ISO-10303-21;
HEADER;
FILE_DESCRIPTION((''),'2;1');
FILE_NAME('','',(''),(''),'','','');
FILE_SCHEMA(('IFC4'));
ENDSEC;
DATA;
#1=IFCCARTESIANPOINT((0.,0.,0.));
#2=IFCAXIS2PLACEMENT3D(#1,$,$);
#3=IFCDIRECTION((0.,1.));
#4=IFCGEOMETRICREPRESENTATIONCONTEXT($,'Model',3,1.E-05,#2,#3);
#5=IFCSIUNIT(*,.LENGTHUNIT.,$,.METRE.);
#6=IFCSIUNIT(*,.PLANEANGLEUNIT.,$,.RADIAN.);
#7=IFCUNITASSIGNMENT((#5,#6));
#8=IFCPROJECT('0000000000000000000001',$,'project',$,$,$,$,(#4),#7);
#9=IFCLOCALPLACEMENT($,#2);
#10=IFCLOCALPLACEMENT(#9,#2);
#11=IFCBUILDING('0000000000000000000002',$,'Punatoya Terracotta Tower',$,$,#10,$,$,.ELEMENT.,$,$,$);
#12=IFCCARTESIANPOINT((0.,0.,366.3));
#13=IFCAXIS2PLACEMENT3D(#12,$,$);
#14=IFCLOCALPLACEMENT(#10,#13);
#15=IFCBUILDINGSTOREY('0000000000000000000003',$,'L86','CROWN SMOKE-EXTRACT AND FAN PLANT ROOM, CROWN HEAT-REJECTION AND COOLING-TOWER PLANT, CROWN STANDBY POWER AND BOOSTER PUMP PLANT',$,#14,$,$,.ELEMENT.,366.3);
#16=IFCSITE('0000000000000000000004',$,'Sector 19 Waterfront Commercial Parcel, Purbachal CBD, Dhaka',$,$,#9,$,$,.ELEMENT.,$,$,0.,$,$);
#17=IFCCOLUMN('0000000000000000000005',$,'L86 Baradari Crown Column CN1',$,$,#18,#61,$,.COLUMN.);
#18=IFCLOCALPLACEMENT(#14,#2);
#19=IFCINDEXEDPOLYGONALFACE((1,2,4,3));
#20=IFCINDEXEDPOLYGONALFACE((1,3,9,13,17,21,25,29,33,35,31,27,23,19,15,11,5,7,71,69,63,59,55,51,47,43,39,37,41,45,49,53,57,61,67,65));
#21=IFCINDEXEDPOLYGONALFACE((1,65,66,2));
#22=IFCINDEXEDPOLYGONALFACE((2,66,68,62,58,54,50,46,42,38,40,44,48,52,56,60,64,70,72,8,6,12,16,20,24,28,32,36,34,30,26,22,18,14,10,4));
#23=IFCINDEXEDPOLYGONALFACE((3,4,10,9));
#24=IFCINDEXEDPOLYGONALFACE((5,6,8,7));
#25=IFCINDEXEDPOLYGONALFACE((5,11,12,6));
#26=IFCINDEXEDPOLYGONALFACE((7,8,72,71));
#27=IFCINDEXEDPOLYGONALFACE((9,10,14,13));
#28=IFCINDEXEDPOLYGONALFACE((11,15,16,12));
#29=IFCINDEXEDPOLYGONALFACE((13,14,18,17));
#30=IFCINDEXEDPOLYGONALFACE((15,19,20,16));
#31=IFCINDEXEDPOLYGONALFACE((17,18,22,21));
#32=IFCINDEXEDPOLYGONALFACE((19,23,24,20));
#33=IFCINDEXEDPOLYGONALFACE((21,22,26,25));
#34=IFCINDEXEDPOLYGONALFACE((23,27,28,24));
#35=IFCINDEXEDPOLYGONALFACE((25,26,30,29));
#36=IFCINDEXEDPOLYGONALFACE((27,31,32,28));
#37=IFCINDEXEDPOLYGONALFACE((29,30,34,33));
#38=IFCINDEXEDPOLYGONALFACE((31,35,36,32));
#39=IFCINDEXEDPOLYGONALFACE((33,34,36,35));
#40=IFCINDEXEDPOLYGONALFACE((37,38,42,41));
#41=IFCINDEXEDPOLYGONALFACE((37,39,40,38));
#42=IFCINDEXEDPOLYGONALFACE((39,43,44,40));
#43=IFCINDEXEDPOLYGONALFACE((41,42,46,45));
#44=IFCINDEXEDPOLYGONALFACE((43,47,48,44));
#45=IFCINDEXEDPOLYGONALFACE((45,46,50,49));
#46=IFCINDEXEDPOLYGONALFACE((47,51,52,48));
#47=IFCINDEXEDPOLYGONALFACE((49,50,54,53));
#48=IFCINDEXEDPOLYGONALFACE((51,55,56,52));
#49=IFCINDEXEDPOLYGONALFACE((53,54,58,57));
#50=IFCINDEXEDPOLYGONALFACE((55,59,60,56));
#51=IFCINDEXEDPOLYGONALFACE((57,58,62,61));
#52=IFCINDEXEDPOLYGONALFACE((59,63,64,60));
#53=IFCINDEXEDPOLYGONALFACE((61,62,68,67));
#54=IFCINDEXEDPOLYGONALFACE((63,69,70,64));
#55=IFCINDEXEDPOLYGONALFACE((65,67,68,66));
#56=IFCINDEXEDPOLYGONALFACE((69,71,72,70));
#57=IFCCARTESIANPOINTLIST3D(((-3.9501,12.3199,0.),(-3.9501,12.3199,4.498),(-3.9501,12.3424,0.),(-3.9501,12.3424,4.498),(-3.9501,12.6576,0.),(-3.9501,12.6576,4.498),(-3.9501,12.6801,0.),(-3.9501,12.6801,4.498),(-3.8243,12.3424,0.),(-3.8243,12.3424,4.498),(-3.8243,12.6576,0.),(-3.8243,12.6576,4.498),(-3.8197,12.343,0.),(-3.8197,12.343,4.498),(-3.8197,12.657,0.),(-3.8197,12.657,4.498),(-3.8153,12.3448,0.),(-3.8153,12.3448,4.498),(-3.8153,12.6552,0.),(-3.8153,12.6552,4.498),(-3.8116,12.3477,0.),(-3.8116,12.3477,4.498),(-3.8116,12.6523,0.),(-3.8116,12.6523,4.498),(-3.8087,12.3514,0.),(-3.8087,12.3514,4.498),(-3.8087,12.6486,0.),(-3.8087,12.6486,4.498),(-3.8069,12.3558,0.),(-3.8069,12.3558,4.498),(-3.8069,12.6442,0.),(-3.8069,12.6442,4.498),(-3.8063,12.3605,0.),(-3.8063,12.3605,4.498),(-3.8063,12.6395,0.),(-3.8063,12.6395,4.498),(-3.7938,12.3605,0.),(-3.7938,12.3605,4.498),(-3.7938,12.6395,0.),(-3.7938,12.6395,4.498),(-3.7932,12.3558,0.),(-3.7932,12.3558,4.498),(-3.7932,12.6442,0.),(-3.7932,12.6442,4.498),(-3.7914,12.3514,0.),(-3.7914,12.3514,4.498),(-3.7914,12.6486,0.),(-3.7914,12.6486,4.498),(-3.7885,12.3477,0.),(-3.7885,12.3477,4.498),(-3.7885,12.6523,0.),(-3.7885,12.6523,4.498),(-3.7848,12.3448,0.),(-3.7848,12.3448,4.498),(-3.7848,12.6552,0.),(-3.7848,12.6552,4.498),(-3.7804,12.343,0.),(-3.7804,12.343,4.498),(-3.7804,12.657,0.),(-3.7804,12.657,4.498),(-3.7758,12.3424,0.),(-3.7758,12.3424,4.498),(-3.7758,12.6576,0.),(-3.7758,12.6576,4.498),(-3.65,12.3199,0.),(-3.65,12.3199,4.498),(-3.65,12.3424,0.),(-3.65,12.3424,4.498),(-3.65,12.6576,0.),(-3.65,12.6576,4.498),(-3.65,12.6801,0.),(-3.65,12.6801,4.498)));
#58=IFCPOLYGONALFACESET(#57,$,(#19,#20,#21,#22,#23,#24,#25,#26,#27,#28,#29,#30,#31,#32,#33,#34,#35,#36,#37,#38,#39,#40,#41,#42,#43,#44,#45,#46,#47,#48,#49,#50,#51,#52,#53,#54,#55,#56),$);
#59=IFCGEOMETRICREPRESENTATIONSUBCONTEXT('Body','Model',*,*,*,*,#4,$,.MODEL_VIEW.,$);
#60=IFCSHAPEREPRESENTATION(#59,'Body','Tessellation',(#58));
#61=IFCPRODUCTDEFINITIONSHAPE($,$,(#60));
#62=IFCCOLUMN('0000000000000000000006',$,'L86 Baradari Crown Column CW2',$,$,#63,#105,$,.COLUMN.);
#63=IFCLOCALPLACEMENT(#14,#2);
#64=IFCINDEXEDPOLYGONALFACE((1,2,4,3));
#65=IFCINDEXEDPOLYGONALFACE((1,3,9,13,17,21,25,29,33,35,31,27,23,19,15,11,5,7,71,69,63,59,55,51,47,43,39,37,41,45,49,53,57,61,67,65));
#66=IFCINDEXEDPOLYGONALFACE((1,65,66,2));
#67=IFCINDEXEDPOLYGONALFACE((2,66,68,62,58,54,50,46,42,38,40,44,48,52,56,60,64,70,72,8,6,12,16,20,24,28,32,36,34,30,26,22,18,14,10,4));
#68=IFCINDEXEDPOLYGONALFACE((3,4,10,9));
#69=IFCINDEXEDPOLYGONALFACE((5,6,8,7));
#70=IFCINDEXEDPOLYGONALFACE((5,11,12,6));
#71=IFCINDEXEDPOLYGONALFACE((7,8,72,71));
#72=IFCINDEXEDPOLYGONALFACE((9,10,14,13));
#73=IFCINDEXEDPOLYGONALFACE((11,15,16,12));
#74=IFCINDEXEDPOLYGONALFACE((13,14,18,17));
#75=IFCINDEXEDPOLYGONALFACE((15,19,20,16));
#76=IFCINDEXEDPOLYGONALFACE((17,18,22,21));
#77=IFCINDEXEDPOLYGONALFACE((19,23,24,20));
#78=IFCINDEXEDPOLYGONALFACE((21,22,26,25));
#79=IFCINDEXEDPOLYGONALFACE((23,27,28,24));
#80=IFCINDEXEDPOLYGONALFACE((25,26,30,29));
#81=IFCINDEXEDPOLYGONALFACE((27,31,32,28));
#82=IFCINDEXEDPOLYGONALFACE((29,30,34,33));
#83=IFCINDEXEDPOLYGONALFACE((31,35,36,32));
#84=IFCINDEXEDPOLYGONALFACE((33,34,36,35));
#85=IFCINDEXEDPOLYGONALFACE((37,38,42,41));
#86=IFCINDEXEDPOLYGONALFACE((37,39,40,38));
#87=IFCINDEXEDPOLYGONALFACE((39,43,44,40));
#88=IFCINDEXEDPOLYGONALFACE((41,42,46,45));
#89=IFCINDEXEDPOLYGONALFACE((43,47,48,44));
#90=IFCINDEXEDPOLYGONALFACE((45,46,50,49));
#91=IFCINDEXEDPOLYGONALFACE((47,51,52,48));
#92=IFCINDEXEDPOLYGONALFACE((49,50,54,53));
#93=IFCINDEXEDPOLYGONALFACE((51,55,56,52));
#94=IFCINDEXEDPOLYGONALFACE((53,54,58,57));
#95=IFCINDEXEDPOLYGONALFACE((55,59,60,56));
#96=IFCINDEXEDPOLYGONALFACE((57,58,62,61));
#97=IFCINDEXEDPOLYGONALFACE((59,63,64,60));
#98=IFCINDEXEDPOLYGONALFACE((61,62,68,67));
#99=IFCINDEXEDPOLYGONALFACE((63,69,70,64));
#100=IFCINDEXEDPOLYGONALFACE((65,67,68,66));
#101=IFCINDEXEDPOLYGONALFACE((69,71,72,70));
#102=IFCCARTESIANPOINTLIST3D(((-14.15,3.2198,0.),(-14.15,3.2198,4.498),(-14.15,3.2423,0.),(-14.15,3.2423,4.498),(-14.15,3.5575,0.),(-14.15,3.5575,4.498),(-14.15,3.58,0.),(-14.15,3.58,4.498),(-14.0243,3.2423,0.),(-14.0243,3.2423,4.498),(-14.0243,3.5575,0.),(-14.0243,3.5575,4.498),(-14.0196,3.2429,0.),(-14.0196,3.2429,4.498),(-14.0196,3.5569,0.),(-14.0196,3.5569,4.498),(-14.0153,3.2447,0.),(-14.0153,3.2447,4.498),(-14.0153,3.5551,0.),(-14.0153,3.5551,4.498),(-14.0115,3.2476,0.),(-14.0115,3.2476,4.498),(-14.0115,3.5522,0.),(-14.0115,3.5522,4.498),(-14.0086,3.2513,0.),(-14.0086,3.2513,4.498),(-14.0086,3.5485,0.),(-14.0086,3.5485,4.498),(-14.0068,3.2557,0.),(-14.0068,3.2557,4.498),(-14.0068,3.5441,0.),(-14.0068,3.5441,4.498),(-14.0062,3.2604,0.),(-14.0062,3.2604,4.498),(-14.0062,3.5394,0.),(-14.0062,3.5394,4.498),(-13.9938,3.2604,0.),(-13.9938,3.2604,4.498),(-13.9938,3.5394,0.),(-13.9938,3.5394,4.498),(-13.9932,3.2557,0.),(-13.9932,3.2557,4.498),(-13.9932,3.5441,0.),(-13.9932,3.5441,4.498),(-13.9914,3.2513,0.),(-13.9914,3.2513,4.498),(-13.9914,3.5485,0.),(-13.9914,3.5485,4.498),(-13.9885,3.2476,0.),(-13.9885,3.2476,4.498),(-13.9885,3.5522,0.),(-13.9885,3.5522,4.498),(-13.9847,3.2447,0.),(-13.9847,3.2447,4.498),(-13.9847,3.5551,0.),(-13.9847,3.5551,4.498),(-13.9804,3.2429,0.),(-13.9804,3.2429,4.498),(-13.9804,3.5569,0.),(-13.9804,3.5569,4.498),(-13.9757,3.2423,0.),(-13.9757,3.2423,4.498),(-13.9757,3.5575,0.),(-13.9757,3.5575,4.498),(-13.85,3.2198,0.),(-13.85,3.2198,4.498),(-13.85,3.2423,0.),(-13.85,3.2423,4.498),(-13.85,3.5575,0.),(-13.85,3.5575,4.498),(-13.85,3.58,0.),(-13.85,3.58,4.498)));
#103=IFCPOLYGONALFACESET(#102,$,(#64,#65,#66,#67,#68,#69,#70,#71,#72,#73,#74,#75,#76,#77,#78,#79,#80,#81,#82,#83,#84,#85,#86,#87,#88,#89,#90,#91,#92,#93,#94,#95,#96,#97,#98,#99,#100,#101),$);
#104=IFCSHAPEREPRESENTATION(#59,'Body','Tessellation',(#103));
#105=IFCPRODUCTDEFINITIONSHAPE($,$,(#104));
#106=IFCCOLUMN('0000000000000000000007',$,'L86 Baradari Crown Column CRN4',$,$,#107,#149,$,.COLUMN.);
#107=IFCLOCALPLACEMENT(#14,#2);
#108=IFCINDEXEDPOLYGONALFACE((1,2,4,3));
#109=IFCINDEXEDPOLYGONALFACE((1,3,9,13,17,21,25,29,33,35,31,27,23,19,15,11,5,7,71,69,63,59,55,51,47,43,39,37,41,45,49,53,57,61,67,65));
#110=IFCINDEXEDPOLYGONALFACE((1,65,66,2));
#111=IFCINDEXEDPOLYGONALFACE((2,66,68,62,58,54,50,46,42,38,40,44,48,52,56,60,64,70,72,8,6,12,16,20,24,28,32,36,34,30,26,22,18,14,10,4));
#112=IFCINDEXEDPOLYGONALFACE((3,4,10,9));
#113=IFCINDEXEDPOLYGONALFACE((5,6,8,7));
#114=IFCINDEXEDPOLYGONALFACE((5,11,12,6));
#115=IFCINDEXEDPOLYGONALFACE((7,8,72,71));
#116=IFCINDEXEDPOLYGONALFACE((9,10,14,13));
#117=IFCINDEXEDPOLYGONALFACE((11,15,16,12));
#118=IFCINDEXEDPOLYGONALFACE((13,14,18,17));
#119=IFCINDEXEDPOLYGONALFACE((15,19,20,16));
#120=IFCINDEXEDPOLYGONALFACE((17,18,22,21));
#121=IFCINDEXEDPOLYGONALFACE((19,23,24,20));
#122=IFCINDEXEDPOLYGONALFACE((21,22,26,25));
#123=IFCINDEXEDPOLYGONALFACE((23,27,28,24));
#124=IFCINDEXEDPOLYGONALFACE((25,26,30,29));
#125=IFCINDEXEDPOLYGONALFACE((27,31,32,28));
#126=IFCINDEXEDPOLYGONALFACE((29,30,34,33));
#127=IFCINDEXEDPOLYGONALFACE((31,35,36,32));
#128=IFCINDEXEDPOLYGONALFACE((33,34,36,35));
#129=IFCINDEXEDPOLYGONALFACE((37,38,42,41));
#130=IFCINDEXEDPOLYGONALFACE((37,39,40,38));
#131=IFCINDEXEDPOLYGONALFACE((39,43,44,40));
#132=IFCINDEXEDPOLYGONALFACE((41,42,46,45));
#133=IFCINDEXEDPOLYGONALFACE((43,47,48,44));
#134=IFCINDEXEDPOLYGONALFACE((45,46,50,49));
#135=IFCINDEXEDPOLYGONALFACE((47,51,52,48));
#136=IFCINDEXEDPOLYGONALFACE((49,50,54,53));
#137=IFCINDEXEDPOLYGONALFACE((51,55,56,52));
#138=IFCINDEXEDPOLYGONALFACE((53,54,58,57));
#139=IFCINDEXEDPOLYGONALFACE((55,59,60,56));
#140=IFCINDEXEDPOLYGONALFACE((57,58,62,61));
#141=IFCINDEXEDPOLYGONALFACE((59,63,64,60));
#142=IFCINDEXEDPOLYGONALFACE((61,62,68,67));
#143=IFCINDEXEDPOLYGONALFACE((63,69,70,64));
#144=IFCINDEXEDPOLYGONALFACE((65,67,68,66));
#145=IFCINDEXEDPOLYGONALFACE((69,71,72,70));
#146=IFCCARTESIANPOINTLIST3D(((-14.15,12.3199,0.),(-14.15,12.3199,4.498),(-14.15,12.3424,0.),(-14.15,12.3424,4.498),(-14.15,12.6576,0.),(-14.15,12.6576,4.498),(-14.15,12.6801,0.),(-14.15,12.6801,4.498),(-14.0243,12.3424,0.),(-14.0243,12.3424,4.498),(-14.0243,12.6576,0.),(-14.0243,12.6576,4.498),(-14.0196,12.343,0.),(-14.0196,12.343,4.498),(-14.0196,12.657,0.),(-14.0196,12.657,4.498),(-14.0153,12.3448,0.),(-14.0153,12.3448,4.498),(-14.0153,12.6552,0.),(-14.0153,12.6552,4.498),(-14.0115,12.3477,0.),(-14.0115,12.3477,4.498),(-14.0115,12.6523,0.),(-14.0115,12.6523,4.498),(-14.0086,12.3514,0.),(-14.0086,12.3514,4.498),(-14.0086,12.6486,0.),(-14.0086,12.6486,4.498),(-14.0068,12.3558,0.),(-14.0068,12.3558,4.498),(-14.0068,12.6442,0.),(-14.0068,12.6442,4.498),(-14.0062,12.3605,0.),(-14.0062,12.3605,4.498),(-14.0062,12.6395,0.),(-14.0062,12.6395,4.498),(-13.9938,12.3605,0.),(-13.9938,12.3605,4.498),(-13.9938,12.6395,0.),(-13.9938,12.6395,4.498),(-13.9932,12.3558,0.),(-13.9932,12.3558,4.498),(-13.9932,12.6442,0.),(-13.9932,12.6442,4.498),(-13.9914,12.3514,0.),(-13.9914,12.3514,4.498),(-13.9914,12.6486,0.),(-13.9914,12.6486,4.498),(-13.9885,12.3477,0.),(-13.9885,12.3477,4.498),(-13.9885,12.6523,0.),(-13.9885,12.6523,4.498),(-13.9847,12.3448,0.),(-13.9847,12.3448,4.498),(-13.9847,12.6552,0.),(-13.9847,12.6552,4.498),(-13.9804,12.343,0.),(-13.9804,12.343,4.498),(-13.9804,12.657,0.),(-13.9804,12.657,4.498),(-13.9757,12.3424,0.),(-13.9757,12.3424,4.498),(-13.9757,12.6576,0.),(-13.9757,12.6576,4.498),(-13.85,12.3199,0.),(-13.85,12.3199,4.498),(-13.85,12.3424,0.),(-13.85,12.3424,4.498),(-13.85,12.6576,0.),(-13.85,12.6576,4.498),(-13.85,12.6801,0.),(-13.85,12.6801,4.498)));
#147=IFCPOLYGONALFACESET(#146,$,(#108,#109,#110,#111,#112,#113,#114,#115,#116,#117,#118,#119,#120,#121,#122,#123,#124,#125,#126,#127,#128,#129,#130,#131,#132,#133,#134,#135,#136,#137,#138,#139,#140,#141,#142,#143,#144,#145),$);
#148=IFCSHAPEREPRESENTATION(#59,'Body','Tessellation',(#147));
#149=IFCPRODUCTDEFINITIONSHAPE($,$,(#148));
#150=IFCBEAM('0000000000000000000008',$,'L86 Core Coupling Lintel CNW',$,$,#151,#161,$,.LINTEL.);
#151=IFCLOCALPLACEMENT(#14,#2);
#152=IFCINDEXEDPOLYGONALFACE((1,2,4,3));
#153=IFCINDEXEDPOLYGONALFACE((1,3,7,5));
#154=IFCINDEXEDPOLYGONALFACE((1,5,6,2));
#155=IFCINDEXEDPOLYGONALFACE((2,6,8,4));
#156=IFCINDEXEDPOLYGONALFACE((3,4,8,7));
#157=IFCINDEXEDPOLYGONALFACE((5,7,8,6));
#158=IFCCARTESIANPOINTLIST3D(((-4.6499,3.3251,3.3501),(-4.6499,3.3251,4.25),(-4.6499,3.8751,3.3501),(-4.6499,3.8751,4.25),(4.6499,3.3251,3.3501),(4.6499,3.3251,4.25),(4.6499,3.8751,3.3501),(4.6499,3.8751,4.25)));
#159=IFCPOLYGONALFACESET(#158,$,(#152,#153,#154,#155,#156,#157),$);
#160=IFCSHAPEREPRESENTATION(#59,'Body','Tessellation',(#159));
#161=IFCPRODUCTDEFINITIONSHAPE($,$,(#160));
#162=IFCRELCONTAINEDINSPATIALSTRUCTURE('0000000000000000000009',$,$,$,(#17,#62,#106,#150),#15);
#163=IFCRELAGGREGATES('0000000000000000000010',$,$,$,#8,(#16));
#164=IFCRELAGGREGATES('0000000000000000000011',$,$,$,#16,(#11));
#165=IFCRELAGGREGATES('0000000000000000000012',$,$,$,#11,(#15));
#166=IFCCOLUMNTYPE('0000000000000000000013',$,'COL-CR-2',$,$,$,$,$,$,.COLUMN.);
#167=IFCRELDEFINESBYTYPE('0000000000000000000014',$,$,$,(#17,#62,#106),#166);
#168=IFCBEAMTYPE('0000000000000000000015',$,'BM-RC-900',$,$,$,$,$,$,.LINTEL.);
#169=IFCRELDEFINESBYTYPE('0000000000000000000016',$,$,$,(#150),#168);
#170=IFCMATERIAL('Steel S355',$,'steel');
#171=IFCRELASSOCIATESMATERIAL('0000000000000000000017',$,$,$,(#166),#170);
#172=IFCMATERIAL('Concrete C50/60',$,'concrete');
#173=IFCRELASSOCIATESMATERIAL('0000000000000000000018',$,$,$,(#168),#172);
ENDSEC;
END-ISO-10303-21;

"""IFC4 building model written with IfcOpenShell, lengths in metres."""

from ifc_helpers import new_model, si_unit, direction, frame, origin, origin_2d, place, context, subcontext, project, spatial, rectangle, i_section, extrude, material, material_profile, profile_set, type_object, element, save


model = new_model("IFC4")

# Units and contexts
model_context = context("Model", 3, precision=1e-05, world=origin(), true_north=direction((0.0, 1.0)))
body_context = subcontext(model_context, "Body", "Model", "MODEL_VIEW")
ifc_project = project(units=[si_unit("LENGTHUNIT", "METRE"), si_unit("PLANEANGLEUNIT", "RADIAN")], contexts=[model_context])

# Site, building, storey
site_placement = place(None, origin())
site = spatial("IfcSite", under=ifc_project, at=site_placement, Name="Sector 19 Waterfront Commercial Parcel, Purbachal CBD, Dhaka", CompositionType="ELEMENT", RefElevation=0.0)
building_placement = place(site_placement, origin())
building = spatial("IfcBuilding", under=site, at=building_placement, Name="Punatoya Terracotta Tower", CompositionType="ELEMENT")
storey_placement = place(building_placement, frame((0.0, 0.0, 366.3)))
storey = spatial("IfcBuildingStorey", under=building, at=storey_placement, Name="L86", Description="CROWN SMOKE-EXTRACT AND FAN PLANT ROOM, CROWN HEAT-REJECTION AND COOLING-TOWER PLANT, CROWN STANDBY POWER AND BOOSTER PUMP PLANT", CompositionType="ELEMENT", Elevation=366.3)

# Columns
ifc_material_1 = material(Name="Steel S355", Category="steel")
ifc_material_profile_1 = material_profile(ifc_material_1, i_section(OverallWidth=0.3, OverallDepth=0.3601, WebThickness=0.0125, FlangeThickness=0.0225, FilletRadius=0.0181, at=origin_2d()))
ifc_profile_set_1 = profile_set([ifc_material_profile_1], Name="Steel S355")
column_type = type_object("IfcColumnType", Name="COL-CR-2", PredefinedType="COLUMN", material=ifc_profile_set_1)
for number, where, z_axis, x_axis, name in (
    (1, (-3.8, 12.5, 0.0), (0.0, 0.0, 1.0), (1.0, 0.0, 0.0), "L86 Baradari Crown Column CN1"),
    (2, (-14.0, 3.3999, 0.0), (0.0, 0.0, 1.0), (1.0, 0.0, 0.0), "L86 Baradari Crown Column CW2"),
    (3, (-14.0, 12.5, 0.0), (0.0, 0.0, 1.0), (1.0, 0.0, 0.0), "L86 Baradari Crown Column CRN4"),
):
    element("IfcColumn", number, at=place(storey_placement, frame(where, z_axis=z_axis, x_axis=x_axis)), inside=storey, type_object=column_type, Name=name, PredefinedType="COLUMN", context=body_context, shape_type="SweptSolid", body=[
        extrude(i_section(OverallWidth=0.3, OverallDepth=0.3601, WebThickness=0.0125, FlangeThickness=0.0225, FilletRadius=0.0181, at=origin_2d()), origin(), (0.0, 0.0, 1.0), 4.498),
    ])

# Beam
ifc_material_2 = material(Name="Concrete C50/60", Category="concrete")
ifc_material_profile_2 = material_profile(ifc_material_2, rectangle(XDim=0.55, YDim=0.8999, at=origin_2d()))
ifc_profile_set_2 = profile_set([ifc_material_profile_2], Name="Concrete C50/60")
beam_type_1 = type_object("IfcBeamType", Name="BM-RC-900", PredefinedType="LINTEL", material=ifc_profile_set_2)
beam_1_placement = place(storey_placement, frame((-4.6499, 3.6001, 3.8), z_axis=(1.0, 0.0, 0.0), x_axis=(0.0, 1.0, 0.0)))
element("IfcBeam", 4, at=beam_1_placement, inside=storey, type_object=beam_type_1, Name="L86 Core Coupling Lintel CNW", PredefinedType="LINTEL", context=body_context, shape_type="SweptSolid", body=[
    extrude(rectangle(XDim=0.55, YDim=0.8999, at=origin_2d()), origin(), (0.0, 0.0, 1.0), 9.2998),
])

save(model, "model.ifc")
